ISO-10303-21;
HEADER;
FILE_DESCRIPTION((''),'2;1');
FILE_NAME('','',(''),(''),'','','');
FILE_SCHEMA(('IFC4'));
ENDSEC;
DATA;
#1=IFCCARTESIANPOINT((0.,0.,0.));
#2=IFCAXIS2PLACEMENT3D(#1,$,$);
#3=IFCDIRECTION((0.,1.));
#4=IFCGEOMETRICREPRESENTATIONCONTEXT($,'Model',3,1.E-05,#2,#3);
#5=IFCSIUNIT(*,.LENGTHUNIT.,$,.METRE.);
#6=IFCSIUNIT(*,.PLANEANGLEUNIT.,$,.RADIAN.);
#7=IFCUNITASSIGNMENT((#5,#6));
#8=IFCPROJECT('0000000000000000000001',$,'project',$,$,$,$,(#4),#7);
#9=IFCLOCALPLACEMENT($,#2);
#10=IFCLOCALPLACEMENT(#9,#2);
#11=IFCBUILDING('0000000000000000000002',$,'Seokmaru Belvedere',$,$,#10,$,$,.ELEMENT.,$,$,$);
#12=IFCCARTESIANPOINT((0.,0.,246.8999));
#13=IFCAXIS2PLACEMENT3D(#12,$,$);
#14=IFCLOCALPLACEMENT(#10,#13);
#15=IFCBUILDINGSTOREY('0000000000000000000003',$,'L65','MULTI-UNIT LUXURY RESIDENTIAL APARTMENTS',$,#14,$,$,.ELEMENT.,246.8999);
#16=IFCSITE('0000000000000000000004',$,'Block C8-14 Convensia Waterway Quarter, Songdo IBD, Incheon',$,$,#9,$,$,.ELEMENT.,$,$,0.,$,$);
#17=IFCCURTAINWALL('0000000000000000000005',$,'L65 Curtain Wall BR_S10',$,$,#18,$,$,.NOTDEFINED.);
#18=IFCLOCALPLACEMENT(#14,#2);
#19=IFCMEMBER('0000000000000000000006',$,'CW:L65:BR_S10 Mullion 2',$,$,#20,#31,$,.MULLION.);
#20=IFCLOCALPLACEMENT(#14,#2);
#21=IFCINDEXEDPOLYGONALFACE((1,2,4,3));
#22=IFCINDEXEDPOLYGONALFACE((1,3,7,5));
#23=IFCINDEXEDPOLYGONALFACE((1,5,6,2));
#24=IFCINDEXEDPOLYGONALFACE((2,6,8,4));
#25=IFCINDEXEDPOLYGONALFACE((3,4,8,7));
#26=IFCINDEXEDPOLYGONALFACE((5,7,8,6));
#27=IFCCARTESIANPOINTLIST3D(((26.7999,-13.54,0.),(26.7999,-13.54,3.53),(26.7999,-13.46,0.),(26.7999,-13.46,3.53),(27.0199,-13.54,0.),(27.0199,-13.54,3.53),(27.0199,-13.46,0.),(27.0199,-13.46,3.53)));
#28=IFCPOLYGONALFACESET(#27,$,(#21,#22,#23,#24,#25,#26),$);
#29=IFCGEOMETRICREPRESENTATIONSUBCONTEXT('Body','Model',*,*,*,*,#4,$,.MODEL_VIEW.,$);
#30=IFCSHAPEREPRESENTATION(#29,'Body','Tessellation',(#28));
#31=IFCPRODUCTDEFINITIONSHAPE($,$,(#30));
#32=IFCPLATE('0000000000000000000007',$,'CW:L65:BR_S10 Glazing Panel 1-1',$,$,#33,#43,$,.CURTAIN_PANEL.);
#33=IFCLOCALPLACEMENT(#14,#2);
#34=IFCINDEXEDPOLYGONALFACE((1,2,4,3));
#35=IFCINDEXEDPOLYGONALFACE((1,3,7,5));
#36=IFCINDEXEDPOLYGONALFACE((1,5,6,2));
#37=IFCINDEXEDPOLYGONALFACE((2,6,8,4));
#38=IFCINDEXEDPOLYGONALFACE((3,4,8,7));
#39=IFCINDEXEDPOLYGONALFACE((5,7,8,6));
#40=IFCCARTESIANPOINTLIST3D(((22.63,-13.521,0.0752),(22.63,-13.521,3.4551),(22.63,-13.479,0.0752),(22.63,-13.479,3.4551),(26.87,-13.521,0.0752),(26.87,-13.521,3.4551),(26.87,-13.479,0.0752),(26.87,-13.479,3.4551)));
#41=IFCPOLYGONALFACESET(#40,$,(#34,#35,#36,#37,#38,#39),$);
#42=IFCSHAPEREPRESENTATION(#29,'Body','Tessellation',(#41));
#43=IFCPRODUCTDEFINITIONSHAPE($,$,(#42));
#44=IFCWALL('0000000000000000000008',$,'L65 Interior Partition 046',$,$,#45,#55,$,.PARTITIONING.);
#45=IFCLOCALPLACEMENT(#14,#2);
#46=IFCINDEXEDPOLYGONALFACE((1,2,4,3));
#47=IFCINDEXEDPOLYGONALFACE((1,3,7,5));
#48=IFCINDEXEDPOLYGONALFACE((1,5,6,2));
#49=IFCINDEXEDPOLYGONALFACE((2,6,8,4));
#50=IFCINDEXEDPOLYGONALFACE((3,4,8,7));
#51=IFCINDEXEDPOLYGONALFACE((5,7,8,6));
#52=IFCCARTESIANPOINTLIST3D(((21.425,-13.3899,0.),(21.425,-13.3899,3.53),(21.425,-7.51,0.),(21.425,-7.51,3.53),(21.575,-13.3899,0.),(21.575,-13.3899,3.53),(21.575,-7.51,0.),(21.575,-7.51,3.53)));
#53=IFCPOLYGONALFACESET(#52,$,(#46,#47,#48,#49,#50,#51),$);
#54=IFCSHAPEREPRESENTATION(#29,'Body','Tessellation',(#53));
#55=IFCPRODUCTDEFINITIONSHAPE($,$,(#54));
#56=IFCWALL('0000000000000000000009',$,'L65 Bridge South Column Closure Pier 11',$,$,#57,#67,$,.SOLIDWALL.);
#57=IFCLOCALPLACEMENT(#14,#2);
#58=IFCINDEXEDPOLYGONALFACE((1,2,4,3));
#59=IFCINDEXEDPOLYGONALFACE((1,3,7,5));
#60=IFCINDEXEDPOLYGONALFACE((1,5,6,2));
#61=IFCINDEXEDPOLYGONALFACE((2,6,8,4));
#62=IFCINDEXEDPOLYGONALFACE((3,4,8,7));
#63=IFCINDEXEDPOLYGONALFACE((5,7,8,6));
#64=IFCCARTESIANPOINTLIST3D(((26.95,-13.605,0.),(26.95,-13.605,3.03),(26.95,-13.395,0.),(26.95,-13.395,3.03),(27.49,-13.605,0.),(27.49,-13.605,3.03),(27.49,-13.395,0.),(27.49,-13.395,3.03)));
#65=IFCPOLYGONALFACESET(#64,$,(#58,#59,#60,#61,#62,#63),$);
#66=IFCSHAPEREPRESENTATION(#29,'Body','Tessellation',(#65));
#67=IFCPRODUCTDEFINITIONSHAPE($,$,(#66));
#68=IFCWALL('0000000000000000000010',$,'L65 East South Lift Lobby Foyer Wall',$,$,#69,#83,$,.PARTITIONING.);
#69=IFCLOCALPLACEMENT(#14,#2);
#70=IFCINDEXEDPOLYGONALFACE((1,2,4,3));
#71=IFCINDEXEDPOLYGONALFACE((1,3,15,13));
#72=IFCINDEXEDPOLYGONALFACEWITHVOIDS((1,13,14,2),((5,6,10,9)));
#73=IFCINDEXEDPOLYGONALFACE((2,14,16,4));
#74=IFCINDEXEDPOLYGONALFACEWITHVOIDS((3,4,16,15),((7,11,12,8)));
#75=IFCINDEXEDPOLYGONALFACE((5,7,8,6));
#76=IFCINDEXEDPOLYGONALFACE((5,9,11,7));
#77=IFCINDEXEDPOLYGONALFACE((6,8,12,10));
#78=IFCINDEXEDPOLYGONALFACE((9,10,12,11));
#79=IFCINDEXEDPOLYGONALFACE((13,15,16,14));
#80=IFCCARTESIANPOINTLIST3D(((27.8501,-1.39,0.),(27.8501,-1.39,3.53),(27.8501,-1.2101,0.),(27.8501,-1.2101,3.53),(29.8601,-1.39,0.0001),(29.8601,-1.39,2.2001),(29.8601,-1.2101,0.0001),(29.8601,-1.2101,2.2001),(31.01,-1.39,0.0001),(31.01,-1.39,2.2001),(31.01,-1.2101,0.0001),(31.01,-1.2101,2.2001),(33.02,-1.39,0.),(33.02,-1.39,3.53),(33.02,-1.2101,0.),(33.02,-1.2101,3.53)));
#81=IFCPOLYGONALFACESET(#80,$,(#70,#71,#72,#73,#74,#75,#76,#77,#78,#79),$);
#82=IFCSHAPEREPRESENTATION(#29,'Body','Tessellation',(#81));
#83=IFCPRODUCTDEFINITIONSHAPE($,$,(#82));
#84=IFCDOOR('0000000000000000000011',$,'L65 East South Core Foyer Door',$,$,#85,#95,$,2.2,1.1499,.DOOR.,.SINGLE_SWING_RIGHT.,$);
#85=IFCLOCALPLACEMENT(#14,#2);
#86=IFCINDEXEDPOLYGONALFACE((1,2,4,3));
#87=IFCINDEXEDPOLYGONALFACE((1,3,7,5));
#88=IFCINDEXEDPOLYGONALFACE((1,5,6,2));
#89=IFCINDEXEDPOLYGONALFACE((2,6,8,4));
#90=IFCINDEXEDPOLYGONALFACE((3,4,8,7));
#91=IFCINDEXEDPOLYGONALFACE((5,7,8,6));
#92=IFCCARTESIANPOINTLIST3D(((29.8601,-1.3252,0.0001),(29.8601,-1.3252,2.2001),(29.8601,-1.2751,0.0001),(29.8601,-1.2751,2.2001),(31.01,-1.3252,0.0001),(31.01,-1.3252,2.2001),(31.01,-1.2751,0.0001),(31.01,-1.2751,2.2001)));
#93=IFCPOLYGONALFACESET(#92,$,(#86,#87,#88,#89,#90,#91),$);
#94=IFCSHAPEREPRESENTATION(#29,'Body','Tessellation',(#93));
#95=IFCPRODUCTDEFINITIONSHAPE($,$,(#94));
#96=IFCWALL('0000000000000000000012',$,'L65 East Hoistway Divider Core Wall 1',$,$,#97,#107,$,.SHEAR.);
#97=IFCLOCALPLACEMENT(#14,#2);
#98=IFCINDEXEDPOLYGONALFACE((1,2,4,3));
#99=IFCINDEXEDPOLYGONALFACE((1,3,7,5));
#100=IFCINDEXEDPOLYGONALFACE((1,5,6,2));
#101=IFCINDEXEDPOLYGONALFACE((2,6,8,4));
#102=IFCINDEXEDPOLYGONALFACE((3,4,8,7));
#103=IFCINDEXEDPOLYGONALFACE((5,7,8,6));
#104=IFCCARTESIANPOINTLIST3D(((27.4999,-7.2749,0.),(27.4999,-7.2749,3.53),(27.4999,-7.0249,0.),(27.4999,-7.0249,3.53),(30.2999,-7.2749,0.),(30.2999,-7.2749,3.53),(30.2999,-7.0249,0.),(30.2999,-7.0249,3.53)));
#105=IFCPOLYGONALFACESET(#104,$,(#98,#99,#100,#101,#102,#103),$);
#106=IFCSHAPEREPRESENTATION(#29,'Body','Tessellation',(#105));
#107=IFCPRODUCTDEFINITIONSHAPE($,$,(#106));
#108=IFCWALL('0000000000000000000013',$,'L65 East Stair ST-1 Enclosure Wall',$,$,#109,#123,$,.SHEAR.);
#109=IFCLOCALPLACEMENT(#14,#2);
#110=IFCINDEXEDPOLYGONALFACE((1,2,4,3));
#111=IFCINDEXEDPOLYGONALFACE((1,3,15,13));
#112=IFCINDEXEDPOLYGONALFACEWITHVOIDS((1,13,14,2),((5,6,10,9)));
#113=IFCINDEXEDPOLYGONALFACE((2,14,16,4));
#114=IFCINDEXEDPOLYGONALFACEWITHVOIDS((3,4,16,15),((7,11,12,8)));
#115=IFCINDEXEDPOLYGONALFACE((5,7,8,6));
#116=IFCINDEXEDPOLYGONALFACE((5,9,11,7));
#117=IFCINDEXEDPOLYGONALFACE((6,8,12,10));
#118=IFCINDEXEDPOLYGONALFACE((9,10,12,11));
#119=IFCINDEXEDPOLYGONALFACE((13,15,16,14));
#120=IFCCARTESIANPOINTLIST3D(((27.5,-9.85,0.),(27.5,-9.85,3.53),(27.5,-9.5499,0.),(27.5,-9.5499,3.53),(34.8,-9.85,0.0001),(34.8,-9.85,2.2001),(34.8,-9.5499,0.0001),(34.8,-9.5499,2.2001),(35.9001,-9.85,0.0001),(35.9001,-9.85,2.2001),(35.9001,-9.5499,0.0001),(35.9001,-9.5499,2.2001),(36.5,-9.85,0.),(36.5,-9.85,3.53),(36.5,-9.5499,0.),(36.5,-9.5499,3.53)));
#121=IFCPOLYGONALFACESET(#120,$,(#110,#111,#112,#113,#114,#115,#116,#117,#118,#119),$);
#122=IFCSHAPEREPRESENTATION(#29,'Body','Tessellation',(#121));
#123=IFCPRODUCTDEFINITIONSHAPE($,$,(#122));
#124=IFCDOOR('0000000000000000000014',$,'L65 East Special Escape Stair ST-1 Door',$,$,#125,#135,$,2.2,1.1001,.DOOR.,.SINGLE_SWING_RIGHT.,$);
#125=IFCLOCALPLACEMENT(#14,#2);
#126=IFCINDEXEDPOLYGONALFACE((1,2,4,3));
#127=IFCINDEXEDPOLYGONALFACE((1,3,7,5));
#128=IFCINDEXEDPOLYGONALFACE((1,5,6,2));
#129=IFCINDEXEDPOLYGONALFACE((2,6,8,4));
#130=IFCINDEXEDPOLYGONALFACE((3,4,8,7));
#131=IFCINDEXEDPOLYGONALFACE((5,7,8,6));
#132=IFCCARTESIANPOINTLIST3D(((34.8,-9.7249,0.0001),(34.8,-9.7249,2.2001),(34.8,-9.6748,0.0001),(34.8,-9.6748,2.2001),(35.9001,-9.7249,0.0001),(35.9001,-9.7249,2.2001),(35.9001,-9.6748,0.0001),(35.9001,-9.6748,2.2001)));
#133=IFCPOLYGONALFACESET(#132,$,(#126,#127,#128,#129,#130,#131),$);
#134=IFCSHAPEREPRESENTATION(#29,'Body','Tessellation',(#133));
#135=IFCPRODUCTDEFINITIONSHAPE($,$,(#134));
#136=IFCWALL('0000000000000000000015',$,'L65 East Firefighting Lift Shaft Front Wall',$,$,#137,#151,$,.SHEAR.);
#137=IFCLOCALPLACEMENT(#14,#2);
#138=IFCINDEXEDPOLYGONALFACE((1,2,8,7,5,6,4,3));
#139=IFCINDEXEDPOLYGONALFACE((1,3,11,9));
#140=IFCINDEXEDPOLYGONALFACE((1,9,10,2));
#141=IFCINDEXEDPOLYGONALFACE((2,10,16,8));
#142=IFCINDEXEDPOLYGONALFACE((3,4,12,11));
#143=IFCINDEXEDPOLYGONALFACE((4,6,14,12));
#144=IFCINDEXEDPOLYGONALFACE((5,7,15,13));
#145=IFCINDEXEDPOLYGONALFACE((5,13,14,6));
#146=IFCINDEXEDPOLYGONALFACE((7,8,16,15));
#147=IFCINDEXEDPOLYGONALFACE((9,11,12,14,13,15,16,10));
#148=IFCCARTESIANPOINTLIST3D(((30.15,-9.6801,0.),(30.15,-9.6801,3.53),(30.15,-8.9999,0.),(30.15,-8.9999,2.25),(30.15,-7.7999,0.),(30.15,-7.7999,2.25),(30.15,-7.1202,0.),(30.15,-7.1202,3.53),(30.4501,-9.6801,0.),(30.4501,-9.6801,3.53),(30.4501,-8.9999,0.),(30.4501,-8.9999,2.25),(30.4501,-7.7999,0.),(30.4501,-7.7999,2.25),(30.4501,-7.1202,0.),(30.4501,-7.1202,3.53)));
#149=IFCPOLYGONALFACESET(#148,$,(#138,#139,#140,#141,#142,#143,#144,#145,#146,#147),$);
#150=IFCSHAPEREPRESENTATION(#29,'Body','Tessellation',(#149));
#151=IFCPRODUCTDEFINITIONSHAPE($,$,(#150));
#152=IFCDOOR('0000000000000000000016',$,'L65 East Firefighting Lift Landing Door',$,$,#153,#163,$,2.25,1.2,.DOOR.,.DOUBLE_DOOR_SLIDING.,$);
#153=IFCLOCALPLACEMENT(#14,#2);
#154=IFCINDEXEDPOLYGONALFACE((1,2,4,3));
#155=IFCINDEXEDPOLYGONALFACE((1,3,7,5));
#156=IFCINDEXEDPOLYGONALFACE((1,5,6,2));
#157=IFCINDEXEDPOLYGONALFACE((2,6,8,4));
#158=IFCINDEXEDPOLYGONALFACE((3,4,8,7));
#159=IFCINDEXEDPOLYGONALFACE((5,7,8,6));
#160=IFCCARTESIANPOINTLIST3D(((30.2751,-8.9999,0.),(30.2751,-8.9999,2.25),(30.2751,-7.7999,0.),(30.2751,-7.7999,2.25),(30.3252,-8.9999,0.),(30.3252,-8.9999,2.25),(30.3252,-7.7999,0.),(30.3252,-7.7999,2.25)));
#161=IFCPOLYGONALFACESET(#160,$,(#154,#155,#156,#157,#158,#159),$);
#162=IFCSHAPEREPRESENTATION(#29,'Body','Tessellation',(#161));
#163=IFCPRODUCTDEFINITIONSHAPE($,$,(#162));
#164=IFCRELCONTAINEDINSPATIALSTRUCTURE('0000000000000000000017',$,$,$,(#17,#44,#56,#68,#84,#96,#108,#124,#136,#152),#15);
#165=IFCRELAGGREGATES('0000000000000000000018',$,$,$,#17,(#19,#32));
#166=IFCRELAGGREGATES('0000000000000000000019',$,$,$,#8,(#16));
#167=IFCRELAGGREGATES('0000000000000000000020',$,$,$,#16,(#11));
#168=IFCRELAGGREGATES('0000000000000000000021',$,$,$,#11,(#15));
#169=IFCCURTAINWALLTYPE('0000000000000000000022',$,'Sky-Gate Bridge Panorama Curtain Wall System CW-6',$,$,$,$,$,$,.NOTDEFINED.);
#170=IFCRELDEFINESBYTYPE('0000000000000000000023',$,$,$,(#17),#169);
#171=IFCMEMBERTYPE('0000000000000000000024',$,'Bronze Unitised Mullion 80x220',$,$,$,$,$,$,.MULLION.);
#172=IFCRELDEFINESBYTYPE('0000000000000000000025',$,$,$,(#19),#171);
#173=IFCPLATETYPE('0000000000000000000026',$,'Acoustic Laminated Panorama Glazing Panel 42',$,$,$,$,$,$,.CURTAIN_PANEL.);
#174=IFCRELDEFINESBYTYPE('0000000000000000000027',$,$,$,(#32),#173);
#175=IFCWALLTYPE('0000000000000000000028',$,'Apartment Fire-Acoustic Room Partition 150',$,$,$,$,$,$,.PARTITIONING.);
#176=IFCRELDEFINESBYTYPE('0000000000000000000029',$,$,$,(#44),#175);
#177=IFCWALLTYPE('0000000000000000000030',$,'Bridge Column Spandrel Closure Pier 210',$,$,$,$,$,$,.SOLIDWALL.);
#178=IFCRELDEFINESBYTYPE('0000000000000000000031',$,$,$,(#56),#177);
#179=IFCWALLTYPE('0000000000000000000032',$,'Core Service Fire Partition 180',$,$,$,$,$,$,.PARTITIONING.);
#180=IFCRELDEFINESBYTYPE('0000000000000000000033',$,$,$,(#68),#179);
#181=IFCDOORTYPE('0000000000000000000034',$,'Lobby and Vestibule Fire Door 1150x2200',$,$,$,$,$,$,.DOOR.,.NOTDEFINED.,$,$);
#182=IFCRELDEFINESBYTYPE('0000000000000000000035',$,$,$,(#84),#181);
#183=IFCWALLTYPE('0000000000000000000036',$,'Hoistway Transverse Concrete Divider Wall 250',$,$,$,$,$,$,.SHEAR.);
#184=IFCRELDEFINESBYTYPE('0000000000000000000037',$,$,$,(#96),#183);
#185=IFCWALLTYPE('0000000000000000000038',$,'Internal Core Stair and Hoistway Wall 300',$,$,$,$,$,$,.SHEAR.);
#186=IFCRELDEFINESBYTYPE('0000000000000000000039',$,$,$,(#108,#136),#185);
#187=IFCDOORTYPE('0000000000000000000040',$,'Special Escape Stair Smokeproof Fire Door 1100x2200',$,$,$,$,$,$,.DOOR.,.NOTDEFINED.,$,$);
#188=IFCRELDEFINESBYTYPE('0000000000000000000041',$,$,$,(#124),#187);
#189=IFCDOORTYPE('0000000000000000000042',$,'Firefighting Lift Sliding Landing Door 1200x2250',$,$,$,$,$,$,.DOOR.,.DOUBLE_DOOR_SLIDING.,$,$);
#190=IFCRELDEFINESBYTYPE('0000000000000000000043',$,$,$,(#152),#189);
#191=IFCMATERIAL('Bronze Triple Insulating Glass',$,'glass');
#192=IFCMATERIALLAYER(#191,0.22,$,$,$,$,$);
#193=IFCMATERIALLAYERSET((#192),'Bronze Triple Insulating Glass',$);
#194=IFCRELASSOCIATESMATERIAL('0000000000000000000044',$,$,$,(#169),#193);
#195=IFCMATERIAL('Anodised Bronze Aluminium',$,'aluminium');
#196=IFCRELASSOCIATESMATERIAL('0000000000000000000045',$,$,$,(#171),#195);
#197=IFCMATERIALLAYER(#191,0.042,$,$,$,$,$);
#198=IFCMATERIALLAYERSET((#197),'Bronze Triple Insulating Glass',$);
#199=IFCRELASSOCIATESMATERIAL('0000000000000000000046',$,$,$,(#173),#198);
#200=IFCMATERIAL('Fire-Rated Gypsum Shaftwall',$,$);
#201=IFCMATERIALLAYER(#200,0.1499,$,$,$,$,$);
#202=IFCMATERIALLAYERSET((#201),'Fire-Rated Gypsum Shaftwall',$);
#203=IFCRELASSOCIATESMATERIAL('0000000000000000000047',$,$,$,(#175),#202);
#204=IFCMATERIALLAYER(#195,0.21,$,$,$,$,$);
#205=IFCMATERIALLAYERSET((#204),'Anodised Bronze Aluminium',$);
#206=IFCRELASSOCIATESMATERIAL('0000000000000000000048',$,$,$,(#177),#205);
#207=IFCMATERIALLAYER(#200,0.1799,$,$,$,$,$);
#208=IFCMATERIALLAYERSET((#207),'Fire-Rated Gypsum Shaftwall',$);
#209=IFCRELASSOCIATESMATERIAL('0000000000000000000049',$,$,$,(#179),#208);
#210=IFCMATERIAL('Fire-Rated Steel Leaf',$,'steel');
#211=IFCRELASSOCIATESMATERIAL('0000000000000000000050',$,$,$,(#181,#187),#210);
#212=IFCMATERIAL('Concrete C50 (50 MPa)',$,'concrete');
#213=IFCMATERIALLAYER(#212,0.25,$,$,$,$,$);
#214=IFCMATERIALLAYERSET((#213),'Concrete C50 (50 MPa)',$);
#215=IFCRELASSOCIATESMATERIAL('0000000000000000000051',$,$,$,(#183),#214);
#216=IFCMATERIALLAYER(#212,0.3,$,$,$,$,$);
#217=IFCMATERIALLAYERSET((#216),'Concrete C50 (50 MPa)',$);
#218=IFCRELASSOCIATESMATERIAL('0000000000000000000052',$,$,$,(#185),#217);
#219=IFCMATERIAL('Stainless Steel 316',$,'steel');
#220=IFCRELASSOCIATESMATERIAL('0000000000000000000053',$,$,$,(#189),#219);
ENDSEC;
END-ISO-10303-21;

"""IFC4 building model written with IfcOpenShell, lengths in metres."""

from ifc_helpers import new_model, si_unit, direction, frame, frame_2d, origin, origin_2d, place, context, subcontext, project, spatial, rectangle, extrude, source, transform, mapped, material, layer, layer_set, material_profile, profile_set, type_object, type_shapes, element, fill, aggregate, save


model = new_model("IFC4")

# Units and contexts
model_context = context("Model", 3, precision=1e-05, world=origin(), true_north=direction((0.0, 1.0)))
body_context = subcontext(model_context, "Body", "Model", "MODEL_VIEW")
ifc_project = project(units=[si_unit("LENGTHUNIT", "METRE"), si_unit("PLANEANGLEUNIT", "RADIAN")], contexts=[model_context])

# Site, building, storey
site_placement = place(None, origin())
site = spatial("IfcSite", under=ifc_project, at=site_placement, Name="Block C8-14 Convensia Waterway Quarter, Songdo IBD, Incheon", CompositionType="ELEMENT", RefElevation=0.0)
building_placement = place(site_placement, origin())
building = spatial("IfcBuilding", under=site, at=building_placement, Name="Seokmaru Belvedere", CompositionType="ELEMENT")
storey_placement = place(building_placement, frame((0.0, 0.0, 246.8999)))
storey = spatial("IfcBuildingStorey", under=building, at=storey_placement, Name="L65", Description="MULTI-UNIT LUXURY RESIDENTIAL APARTMENTS", CompositionType="ELEMENT", Elevation=246.8999)

# Curtain wall, member, plate
ifc_material_1 = material(Name="Bronze Triple Insulating Glass", Category="glass")
ifc_layer_1 = layer(ifc_material_1, 0.22)
ifc_layer_set_1 = layer_set([ifc_layer_1], Name="Bronze Triple Insulating Glass")
curtain_wall_type = type_object("IfcCurtainWallType", Name="Sky-Gate Bridge Panorama Curtain Wall System CW-6", PredefinedType="NOTDEFINED", material=ifc_layer_set_1)
curtain_wall_placement = place(storey_placement, origin())
curtain_wall = element("IfcCurtainWall", 1, at=curtain_wall_placement, inside=storey, type_object=curtain_wall_type, Name="L65 Curtain Wall BR_S10", PredefinedType="NOTDEFINED")
ifc_material_2 = material(Name="Anodised Bronze Aluminium", Category="aluminium")
ifc_material_profile_1 = material_profile(ifc_material_2, rectangle(XDim=0.0801, YDim=0.22, at=origin_2d()), Name="CW-M-80x220")
ifc_profile_set_1 = profile_set([ifc_material_profile_1], Name="Anodised Bronze Aluminium")
member_type = type_object("IfcMemberType", Name="Bronze Unitised Mullion 80x220", PredefinedType="MULLION", material=ifc_profile_set_1)
shared_shape_1 = source(origin(), body_context, "Body", "SweptSolid", [
    extrude(rectangle(XDim=0.0801, YDim=0.22, at=origin_2d()), origin(), (0.0, 0.0, 1.0), 3.53),
])
type_shapes(member_type, [shared_shape_1])
member_placement = place(storey_placement, frame((26.9099, -13.5, 0.0), z_axis=(0.0, 0.0, 1.0), x_axis=(0.0, 1.0, 0.0)))
member = element("IfcMember", 2, at=member_placement, type_object=member_type, Name="CW:L65:BR_S10 Mullion 2", PredefinedType="MULLION", context=body_context, shape_type="MappedRepresentation", body=[
    mapped(shared_shape_1, transform((0.0, 0.0, 0.0), scale=1.0)),
])
ifc_layer_2 = layer(ifc_material_1, 0.042)
ifc_layer_set_2 = layer_set([ifc_layer_2], Name="Bronze Triple Insulating Glass")
plate_type = type_object("IfcPlateType", Name="Acoustic Laminated Panorama Glazing Panel 42", PredefinedType="CURTAIN_PANEL", material=ifc_layer_set_2)
shared_shape_2 = source(origin(), body_context, "Body", "SweptSolid", [
    extrude(rectangle(XDim=4.24, YDim=0.042, at=origin_2d()), origin(), (0.0, 0.0, 1.0), 3.3799),
])
type_shapes(plate_type, [shared_shape_2])
plate_placement = place(storey_placement, frame((24.75, -13.5, 0.0752), z_axis=(0.0, 0.0, 1.0), x_axis=(1.0, 0.0, 0.0)))
plate = element("IfcPlate", 3, at=plate_placement, type_object=plate_type, Name="CW:L65:BR_S10 Glazing Panel 1-1", PredefinedType="CURTAIN_PANEL", context=body_context, shape_type="MappedRepresentation", body=[
    mapped(shared_shape_2, transform((0.0, 0.0, 0.0), scale=1.0)),
])
aggregate(curtain_wall, [member, plate])

# Walls
ifc_material_3 = material(Name="Fire-Rated Gypsum Shaftwall")
ifc_layer_3 = layer(ifc_material_3, 0.1499)
ifc_layer_set_3 = layer_set([ifc_layer_3], Name="Fire-Rated Gypsum Shaftwall")
wall_type_1 = type_object("IfcWallType", Name="Apartment Fire-Acoustic Room Partition 150", PredefinedType="PARTITIONING", material=ifc_layer_set_3)
wall_1_placement = place(storey_placement, frame((21.5, -13.3899, 0.0), z_axis=(0.0, 0.0, 1.0), x_axis=(0.0, 1.0, 0.0)))
element("IfcWall", 4, at=wall_1_placement, inside=storey, type_object=wall_type_1, Name="L65 Interior Partition 046", PredefinedType="PARTITIONING", context=body_context, shape_type="SweptSolid", body=[
    extrude(rectangle(XDim=5.8799, YDim=0.1499, at=frame_2d((2.9399, 0.0))), origin(), (0.0, 0.0, 1.0), 3.53),
])
ifc_layer_4 = layer(ifc_material_2, 0.21)
ifc_layer_set_4 = layer_set([ifc_layer_4], Name="Anodised Bronze Aluminium")
wall_type_2 = type_object("IfcWallType", Name="Bridge Column Spandrel Closure Pier 210", PredefinedType="SOLIDWALL", material=ifc_layer_set_4)
wall_2_placement = place(storey_placement, frame((26.95, -13.5, 0.0), z_axis=(0.0, 0.0, 1.0), x_axis=(1.0, 0.0, 0.0)))
element("IfcWall", 5, at=wall_2_placement, inside=storey, type_object=wall_type_2, Name="L65 Bridge South Column Closure Pier 11", PredefinedType="SOLIDWALL", context=body_context, shape_type="SweptSolid", body=[
    extrude(rectangle(XDim=0.54, YDim=0.21, at=frame_2d((0.27, 0.0))), origin(), (0.0, 0.0, 1.0), 3.03),
])

# Wall, opening, door
ifc_layer_5 = layer(ifc_material_3, 0.1799)
ifc_layer_set_5 = layer_set([ifc_layer_5], Name="Fire-Rated Gypsum Shaftwall")
wall_type_3 = type_object("IfcWallType", Name="Core Service Fire Partition 180", PredefinedType="PARTITIONING", material=ifc_layer_set_5)
wall_3_placement = place(storey_placement, frame((27.8501, -1.3, 0.0), z_axis=(0.0, 0.0, 1.0), x_axis=(1.0, 0.0, 0.0)))
wall_3 = element("IfcWall", 6, at=wall_3_placement, inside=storey, type_object=wall_type_3, Name="L65 East South Lift Lobby Foyer Wall", PredefinedType="PARTITIONING", context=body_context, shape_type="SweptSolid", body=[
    extrude(rectangle(XDim=5.1699, YDim=0.1799, at=frame_2d((2.585, 0.0))), origin(), (0.0, 0.0, 1.0), 3.53),
])
opening_1_placement = place(wall_3_placement, frame((2.01, 0.0, 0.0)))
opening_1 = element("IfcOpeningElement", 7, at=opening_1_placement, cuts=wall_3, PredefinedType="OPENING", context=body_context, shape_type="SweptSolid", body=[
    extrude(rectangle(XDim=1.1499, YDim=2.2, at=frame_2d((0.575, 1.1001))), frame((0.0, 0.1001, 0.0), z_axis=(0.0, -1.0, 0.0), x_axis=(1.0, 0.0, 0.0)), (0.0, 0.0, 1.0), 0.2),
])
ifc_material_4 = material(Name="Fire-Rated Steel Leaf", Category="steel")
door_type_1 = type_object("IfcDoorType", Name="Lobby and Vestibule Fire Door 1150x2200", OperationType="NOTDEFINED", PredefinedType="DOOR", material=ifc_material_4)
shared_shape_3 = source(origin(), body_context, "Body", "SweptSolid", [
    extrude(rectangle(XDim=1.1499, YDim=2.2, at=frame_2d((0.575, 1.1001))), frame((0.0, 0.0249, 0.0), z_axis=(0.0, -1.0, 0.0), x_axis=(1.0, 0.0, 0.0)), (0.0, 0.0, 1.0), 0.05),
])
type_shapes(door_type_1, [shared_shape_3])
door_1_placement = place(opening_1_placement, origin())
door_1 = element("IfcDoor", 8, at=door_1_placement, inside=storey, type_object=door_type_1, Name="L65 East South Core Foyer Door", OperationType="SINGLE_SWING_RIGHT", OverallHeight=2.2, OverallWidth=1.1499, PredefinedType="DOOR", context=body_context, shape_type="MappedRepresentation", body=[
    mapped(shared_shape_3, transform((0.0, 0.0, 0.0), scale=1.0)),
])
fill(opening_1, door_1)

# Wall
ifc_material_5 = material(Name="Concrete C50 (50 MPa)", Category="concrete")
ifc_layer_6 = layer(ifc_material_5, 0.25)
ifc_layer_set_6 = layer_set([ifc_layer_6], Name="Concrete C50 (50 MPa)")
wall_type_4 = type_object("IfcWallType", Name="Hoistway Transverse Concrete Divider Wall 250", PredefinedType="SHEAR", material=ifc_layer_set_6)
wall_4_placement = place(storey_placement, frame((27.5, -7.1499, 0.0), z_axis=(0.0, 0.0, 1.0), x_axis=(1.0, 0.0, 0.0)))
element("IfcWall", 9, at=wall_4_placement, inside=storey, type_object=wall_type_4, Name="L65 East Hoistway Divider Core Wall 1", PredefinedType="SHEAR", context=body_context, shape_type="SweptSolid", body=[
    extrude(rectangle(XDim=2.8, YDim=0.25, at=frame_2d((1.3999, 0.0))), origin(), (0.0, 0.0, 1.0), 3.53),
])

# Walls, openings, doors
ifc_layer_7 = layer(ifc_material_5, 0.3)
ifc_layer_set_7 = layer_set([ifc_layer_7], Name="Concrete C50 (50 MPa)")
wall_type_5 = type_object("IfcWallType", Name="Internal Core Stair and Hoistway Wall 300", PredefinedType="SHEAR", material=ifc_layer_set_7)
wall_5_placement = place(storey_placement, frame((27.5, -9.7, 0.0), z_axis=(0.0, 0.0, 1.0), x_axis=(1.0, 0.0, 0.0)))
wall_5 = element("IfcWall", 10, at=wall_5_placement, inside=storey, type_object=wall_type_5, Name="L65 East Stair ST-1 Enclosure Wall", PredefinedType="SHEAR", context=body_context, shape_type="SweptSolid", body=[
    extrude(rectangle(XDim=9.0, YDim=0.3, at=frame_2d((4.5, 0.0))), origin(), (0.0, 0.0, 1.0), 3.53),
])
opening_2_placement = place(wall_5_placement, frame((7.3, 0.0, 0.0)))
opening_2 = element("IfcOpeningElement", 11, at=opening_2_placement, cuts=wall_5, PredefinedType="OPENING", context=body_context, shape_type="SweptSolid", body=[
    extrude(rectangle(XDim=1.1001, YDim=2.2, at=frame_2d((0.55, 1.1001))), frame((0.0, 0.1602, 0.0), z_axis=(0.0, -1.0, 0.0), x_axis=(1.0, 0.0, 0.0)), (0.0, 0.0, 1.0), 0.3201),
])
door_type_2 = type_object("IfcDoorType", Name="Special Escape Stair Smokeproof Fire Door 1100x2200", OperationType="NOTDEFINED", PredefinedType="DOOR", material=ifc_material_4)
shared_shape_4 = source(origin(), body_context, "Body", "SweptSolid", [
    extrude(rectangle(XDim=1.1001, YDim=2.2, at=frame_2d((0.55, 1.1001))), frame((0.0, 0.0249, 0.0), z_axis=(0.0, -1.0, 0.0), x_axis=(1.0, 0.0, 0.0)), (0.0, 0.0, 1.0), 0.05),
])
type_shapes(door_type_2, [shared_shape_4])
door_2_placement = place(opening_2_placement, frame((1.1001, 0.0, 0.0), z_axis=(0.0, 0.0, 1.0), x_axis=(-1.0, 0.0, 0.0)))
door_2 = element("IfcDoor", 12, at=door_2_placement, inside=storey, type_object=door_type_2, Name="L65 East Special Escape Stair ST-1 Door", OperationType="SINGLE_SWING_RIGHT", OverallHeight=2.2, OverallWidth=1.1001, PredefinedType="DOOR", context=body_context, shape_type="MappedRepresentation", body=[
    mapped(shared_shape_4, transform((0.0, 0.0, 0.0), scale=1.0)),
])
fill(opening_2, door_2)
wall_6_placement = place(storey_placement, frame((30.3, -9.6799, 0.0), z_axis=(0.0, 0.0, 1.0), x_axis=(0.0, 1.0, 0.0)))
wall_6 = element("IfcWall", 13, at=wall_6_placement, inside=storey, type_object=wall_type_5, Name="L65 East Firefighting Lift Shaft Front Wall", PredefinedType="SHEAR", context=body_context, shape_type="SweptSolid", body=[
    extrude(rectangle(XDim=2.5598, YDim=0.3, at=frame_2d((1.2798, 0.0))), origin(), (0.0, 0.0, 1.0), 3.53),
])
opening_3_placement = place(wall_6_placement, frame((0.6799, 0.0, 0.0)))
opening_3 = element("IfcOpeningElement", 14, at=opening_3_placement, cuts=wall_6, PredefinedType="OPENING", context=body_context, shape_type="SweptSolid", body=[
    extrude(rectangle(XDim=1.2, YDim=2.25, at=frame_2d((0.6001, 1.125))), frame((0.0, 0.1602, 0.0), z_axis=(0.0, -1.0, 0.0), x_axis=(1.0, 0.0, 0.0)), (0.0, 0.0, 1.0), 0.3201),
])
ifc_material_6 = material(Name="Stainless Steel 316", Category="steel")
door_type_3 = type_object("IfcDoorType", Name="Firefighting Lift Sliding Landing Door 1200x2250", OperationType="DOUBLE_DOOR_SLIDING", PredefinedType="DOOR", material=ifc_material_6)
shared_shape_5 = source(origin(), body_context, "Body", "SweptSolid", [
    extrude(rectangle(XDim=1.2, YDim=2.25, at=frame_2d((0.6001, 1.125))), frame((0.0, 0.0249, 0.0), z_axis=(0.0, -1.0, 0.0), x_axis=(1.0, 0.0, 0.0)), (0.0, 0.0, 1.0), 0.05),
])
type_shapes(door_type_3, [shared_shape_5])
door_3_placement = place(opening_3_placement, origin())
door_3 = element("IfcDoor", 15, at=door_3_placement, inside=storey, type_object=door_type_3, Name="L65 East Firefighting Lift Landing Door", OperationType="DOUBLE_DOOR_SLIDING", OverallHeight=2.25, OverallWidth=1.2, PredefinedType="DOOR", context=body_context, shape_type="MappedRepresentation", body=[
    mapped(shared_shape_5, transform((0.0, 0.0, 0.0), scale=1.0)),
])
fill(opening_3, door_3)

save(model, "model.ifc")
